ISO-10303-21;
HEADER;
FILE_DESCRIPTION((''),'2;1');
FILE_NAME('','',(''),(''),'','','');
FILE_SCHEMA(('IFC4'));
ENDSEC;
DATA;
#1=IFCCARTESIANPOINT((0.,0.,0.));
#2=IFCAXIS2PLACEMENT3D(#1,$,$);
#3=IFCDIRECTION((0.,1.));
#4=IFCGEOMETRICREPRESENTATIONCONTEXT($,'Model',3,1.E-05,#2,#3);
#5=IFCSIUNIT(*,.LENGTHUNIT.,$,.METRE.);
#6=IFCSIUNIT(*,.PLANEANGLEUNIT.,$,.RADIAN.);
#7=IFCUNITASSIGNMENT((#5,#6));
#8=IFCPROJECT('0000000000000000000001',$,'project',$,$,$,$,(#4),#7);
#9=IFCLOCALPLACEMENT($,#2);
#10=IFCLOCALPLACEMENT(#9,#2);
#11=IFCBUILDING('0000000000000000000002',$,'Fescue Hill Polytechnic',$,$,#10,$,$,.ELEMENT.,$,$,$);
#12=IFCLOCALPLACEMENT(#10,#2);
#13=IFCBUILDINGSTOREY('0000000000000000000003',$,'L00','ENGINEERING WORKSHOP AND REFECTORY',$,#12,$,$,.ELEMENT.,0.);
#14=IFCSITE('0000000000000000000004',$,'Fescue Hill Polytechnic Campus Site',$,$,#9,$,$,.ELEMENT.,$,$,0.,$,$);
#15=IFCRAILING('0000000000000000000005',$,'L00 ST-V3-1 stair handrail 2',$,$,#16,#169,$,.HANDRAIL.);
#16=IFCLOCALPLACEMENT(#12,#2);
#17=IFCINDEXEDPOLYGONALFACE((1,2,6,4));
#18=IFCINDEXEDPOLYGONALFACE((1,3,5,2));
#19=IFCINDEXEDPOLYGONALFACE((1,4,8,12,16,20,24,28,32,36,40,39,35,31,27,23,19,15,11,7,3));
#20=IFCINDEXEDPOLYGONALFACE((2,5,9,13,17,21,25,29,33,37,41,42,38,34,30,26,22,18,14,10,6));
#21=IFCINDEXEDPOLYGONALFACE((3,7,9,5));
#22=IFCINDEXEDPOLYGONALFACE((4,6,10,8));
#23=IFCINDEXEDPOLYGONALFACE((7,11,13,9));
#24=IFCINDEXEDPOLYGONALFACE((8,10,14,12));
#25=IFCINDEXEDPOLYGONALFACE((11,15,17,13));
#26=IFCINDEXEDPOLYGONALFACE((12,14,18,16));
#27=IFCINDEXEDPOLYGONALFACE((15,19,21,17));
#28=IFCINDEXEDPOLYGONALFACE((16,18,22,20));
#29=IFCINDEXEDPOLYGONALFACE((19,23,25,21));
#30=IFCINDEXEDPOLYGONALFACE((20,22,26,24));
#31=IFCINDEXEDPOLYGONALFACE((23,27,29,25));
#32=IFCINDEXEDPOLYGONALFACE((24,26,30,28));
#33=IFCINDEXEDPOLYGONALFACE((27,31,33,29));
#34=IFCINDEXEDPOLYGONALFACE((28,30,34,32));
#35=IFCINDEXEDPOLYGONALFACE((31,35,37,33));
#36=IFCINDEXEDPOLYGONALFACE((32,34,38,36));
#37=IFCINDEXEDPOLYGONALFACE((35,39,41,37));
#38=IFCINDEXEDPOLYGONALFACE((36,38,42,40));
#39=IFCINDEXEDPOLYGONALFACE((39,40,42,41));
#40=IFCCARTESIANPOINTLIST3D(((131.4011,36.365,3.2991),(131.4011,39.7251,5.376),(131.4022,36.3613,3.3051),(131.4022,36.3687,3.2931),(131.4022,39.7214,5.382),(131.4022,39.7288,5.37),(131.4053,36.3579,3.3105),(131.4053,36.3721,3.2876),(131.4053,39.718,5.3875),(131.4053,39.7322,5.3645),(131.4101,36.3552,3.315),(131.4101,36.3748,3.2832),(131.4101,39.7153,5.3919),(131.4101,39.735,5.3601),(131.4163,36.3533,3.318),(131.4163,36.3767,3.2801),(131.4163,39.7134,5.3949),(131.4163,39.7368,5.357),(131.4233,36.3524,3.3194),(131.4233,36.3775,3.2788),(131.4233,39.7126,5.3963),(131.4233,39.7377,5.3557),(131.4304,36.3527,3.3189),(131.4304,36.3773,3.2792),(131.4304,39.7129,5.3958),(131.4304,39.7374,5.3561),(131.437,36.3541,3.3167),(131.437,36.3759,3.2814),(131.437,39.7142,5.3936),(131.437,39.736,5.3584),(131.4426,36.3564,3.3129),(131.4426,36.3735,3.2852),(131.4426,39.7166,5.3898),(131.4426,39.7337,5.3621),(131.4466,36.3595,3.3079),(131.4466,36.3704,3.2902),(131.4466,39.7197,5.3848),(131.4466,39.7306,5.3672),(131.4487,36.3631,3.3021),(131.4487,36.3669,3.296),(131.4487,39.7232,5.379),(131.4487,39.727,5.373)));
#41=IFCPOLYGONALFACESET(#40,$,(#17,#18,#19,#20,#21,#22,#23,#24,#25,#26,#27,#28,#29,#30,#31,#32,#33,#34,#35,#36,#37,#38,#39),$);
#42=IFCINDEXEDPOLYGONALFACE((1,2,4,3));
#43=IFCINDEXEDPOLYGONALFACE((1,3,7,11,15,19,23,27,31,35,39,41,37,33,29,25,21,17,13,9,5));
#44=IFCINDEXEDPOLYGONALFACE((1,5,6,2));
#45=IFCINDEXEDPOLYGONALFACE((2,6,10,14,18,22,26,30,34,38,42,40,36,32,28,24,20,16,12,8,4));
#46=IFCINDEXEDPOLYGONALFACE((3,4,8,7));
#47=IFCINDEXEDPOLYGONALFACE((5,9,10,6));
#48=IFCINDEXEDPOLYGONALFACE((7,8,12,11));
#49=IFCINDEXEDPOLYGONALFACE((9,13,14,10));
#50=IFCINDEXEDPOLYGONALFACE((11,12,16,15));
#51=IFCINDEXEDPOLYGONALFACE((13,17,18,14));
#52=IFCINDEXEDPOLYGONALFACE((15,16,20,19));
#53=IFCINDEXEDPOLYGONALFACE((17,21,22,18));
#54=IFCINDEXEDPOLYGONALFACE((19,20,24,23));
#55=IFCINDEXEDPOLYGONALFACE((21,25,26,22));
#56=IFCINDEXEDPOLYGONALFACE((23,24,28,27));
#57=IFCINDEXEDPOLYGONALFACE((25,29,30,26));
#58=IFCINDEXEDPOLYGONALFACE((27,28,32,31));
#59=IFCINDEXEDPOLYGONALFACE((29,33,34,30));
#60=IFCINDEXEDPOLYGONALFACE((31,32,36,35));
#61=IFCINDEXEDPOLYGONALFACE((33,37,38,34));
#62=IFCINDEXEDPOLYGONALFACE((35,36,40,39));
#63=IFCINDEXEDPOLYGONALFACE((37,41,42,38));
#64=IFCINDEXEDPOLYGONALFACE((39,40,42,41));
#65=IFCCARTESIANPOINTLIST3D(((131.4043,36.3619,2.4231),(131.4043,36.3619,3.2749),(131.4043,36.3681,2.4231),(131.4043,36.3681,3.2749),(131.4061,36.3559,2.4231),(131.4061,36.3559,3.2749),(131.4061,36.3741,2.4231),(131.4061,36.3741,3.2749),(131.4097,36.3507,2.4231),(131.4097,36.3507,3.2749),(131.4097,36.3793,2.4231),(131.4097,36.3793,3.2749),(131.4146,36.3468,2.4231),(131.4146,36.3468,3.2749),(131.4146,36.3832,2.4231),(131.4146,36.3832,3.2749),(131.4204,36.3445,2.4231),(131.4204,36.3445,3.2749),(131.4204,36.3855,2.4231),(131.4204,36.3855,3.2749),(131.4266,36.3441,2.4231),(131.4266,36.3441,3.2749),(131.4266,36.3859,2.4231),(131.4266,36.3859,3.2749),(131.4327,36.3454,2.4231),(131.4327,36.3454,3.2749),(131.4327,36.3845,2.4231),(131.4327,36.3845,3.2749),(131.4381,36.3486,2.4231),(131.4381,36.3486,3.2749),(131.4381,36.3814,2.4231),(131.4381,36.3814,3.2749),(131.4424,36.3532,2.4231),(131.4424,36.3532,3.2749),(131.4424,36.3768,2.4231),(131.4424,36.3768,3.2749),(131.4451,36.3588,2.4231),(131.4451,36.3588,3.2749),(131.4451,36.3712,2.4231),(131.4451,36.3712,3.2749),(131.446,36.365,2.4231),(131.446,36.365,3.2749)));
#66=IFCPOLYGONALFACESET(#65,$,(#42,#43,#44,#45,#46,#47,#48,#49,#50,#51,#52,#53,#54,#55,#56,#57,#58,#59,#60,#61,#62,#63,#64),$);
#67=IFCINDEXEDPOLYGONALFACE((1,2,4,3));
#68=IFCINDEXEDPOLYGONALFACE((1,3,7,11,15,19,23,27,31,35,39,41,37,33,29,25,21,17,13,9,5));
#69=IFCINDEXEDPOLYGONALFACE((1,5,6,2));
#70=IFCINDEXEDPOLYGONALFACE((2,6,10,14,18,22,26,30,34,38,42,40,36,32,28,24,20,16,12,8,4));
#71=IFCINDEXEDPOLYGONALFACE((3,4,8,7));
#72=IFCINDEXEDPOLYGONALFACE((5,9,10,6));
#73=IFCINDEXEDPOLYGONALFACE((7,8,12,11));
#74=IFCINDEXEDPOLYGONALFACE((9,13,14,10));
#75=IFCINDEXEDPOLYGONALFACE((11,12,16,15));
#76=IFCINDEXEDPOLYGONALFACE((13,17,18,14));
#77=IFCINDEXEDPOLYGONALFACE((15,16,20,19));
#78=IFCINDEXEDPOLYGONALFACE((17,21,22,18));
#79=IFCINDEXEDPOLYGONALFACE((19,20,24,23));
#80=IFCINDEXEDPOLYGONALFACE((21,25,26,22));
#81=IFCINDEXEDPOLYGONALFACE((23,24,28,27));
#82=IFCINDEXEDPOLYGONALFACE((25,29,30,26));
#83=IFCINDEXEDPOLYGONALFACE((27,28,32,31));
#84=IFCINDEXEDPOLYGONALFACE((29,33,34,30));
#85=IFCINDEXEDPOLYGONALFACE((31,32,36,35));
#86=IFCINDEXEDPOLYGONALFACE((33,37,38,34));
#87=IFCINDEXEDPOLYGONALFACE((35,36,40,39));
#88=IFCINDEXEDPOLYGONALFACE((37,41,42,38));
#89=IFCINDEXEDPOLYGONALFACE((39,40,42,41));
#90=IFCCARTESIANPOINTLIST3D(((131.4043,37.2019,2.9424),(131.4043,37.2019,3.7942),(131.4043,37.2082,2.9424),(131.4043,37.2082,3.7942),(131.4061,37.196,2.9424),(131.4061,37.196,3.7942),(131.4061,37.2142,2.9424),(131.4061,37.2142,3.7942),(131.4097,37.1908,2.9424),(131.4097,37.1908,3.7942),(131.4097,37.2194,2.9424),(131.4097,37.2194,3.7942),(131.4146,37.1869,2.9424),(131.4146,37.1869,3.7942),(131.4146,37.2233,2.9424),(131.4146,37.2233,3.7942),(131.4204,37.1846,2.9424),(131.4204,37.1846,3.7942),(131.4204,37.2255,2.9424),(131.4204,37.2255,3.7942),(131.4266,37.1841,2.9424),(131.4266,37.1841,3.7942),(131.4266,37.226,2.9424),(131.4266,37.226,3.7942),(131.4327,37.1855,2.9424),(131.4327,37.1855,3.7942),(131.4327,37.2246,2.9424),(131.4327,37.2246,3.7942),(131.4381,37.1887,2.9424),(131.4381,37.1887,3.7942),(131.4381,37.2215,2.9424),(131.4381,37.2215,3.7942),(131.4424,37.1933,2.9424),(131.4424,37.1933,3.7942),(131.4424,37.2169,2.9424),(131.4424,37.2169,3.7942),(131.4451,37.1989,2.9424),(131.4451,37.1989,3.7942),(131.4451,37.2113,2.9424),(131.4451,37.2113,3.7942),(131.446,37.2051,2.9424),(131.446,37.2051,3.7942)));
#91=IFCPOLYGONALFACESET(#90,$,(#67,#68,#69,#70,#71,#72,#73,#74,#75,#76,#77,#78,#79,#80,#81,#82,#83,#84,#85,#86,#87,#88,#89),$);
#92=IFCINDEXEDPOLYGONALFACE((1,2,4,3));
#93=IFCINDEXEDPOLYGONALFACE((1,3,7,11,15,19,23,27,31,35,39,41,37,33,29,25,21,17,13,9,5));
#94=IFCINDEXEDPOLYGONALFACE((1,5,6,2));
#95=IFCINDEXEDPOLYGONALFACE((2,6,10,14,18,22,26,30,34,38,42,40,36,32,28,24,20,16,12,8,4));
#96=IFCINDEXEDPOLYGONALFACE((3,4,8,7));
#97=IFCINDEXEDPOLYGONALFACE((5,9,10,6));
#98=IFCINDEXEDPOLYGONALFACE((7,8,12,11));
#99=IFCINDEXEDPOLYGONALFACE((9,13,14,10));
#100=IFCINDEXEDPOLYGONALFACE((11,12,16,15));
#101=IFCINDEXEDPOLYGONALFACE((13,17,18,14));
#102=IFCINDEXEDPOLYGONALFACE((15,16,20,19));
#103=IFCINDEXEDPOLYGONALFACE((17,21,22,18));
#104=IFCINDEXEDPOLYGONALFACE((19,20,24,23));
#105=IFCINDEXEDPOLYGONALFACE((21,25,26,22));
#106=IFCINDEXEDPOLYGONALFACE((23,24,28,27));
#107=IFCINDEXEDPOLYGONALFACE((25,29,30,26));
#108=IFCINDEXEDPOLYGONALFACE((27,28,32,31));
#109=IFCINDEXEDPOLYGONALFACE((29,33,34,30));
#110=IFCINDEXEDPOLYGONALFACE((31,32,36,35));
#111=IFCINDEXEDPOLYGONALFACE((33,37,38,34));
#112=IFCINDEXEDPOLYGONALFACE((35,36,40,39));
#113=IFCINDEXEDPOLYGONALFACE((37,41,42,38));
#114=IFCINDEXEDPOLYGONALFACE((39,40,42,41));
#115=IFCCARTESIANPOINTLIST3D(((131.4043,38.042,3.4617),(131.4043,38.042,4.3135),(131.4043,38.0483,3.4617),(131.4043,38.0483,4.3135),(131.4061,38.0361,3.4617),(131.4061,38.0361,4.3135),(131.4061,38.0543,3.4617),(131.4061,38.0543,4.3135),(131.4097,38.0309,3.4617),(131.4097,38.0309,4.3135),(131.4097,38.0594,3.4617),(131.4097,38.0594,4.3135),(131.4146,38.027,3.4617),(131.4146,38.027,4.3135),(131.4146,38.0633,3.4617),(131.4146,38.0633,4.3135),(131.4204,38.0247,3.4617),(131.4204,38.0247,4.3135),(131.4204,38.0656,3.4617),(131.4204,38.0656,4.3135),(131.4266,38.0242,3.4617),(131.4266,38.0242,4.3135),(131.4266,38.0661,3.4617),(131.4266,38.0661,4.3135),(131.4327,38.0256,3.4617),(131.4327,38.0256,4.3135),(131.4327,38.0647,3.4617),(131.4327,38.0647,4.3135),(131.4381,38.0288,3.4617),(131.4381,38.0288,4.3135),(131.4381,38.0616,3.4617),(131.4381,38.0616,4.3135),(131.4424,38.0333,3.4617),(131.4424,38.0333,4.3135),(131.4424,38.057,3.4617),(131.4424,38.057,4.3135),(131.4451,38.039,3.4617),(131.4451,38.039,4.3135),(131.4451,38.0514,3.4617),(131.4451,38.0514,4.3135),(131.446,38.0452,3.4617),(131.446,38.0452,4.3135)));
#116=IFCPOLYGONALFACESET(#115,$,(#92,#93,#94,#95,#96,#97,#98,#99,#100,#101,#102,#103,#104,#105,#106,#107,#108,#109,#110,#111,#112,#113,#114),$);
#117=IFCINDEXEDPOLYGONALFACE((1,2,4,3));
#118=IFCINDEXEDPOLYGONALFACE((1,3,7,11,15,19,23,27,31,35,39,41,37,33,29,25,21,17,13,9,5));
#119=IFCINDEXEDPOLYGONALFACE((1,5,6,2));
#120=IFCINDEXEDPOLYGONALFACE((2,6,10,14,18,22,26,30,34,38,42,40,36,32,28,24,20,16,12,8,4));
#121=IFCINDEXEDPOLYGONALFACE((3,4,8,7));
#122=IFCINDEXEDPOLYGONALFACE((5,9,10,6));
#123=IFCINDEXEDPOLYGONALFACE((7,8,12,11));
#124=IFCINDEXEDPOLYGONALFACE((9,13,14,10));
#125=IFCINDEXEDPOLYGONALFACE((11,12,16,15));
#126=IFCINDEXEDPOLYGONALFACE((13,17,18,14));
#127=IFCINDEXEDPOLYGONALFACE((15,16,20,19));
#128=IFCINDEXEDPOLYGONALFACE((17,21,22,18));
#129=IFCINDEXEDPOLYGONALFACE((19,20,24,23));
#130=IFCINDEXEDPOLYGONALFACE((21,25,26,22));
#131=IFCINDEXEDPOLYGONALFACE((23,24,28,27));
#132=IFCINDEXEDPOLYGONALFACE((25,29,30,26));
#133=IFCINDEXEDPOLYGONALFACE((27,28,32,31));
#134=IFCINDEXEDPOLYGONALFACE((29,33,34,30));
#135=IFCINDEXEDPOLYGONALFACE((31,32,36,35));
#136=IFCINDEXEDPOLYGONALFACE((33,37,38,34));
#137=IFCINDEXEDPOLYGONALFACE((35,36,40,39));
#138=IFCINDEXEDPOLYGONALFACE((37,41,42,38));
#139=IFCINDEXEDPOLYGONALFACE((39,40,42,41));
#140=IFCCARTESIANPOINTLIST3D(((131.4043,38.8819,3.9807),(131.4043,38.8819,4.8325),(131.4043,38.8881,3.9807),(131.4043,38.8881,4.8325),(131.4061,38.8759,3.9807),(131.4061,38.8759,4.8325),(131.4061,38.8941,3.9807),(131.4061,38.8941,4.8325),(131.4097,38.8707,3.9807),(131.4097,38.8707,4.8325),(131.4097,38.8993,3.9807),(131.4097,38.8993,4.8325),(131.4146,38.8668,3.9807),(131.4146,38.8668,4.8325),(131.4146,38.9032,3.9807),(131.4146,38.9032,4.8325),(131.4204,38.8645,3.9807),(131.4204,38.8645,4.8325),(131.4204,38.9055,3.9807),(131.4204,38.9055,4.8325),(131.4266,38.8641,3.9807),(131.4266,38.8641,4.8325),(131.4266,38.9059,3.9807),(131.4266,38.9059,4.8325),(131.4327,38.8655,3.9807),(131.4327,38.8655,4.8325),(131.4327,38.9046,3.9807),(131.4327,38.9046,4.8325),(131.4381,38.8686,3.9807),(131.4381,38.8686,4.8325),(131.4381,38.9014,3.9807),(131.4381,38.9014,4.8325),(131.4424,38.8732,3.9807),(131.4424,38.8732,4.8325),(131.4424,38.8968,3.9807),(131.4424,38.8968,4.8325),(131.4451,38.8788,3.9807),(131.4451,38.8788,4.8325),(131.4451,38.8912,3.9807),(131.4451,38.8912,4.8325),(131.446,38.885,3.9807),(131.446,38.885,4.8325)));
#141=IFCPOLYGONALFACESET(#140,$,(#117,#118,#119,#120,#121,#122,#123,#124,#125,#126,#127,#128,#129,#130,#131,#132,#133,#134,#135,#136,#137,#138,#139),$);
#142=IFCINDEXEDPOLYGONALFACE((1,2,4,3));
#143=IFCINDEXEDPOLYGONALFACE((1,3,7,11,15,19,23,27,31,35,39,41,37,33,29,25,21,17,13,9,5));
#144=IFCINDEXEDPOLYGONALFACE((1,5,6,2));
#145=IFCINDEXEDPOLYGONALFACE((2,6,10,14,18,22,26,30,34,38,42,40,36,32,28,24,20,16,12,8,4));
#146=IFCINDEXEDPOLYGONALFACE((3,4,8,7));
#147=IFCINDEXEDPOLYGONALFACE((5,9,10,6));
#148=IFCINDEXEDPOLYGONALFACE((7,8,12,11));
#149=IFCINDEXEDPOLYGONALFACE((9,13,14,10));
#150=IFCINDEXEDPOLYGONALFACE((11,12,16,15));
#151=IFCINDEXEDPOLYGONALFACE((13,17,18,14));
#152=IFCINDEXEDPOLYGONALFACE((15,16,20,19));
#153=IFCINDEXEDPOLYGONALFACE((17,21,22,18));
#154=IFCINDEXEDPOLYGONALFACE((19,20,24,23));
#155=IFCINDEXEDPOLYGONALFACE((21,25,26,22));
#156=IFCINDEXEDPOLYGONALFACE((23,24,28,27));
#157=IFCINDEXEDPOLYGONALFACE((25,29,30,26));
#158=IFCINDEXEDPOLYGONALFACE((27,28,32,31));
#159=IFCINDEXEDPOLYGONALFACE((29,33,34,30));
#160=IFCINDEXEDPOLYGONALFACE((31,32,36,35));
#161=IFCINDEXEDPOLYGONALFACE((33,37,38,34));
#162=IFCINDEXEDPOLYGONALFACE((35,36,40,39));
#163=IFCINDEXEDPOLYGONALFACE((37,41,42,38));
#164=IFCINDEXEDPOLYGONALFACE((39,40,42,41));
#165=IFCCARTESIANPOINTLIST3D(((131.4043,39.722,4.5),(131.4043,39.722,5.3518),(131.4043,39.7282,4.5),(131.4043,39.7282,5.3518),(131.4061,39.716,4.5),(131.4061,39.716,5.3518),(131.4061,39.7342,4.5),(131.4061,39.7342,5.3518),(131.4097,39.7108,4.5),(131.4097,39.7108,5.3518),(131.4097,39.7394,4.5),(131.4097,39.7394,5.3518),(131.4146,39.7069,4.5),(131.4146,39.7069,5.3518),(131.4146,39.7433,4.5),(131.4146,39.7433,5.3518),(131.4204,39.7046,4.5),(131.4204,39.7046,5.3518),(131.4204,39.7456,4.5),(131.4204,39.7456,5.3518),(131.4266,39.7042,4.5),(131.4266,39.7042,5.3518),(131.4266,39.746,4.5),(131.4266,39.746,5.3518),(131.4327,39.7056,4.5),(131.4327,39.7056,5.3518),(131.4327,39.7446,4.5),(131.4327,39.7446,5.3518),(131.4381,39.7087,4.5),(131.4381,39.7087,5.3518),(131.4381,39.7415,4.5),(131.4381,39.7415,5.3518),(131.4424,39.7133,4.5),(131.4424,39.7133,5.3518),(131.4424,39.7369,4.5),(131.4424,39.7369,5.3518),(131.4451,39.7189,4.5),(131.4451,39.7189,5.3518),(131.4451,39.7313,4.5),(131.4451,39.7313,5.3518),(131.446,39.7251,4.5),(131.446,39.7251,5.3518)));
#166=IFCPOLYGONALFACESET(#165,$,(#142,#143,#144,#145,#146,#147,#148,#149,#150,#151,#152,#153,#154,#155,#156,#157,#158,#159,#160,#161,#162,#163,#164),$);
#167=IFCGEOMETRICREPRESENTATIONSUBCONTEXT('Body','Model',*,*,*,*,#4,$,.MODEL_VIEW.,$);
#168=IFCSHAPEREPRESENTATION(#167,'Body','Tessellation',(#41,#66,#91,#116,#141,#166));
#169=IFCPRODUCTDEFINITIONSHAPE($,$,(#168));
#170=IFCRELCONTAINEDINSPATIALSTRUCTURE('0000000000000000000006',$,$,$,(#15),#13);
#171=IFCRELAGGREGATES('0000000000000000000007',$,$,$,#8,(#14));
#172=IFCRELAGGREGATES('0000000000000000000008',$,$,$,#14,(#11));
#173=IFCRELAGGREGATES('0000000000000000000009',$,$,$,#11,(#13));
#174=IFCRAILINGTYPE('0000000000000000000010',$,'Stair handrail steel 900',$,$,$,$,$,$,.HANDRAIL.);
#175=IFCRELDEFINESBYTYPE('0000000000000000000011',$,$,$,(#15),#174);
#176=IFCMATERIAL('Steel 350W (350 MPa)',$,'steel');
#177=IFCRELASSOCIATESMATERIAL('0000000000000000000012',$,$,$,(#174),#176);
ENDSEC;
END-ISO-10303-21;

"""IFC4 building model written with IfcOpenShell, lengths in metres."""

from ifc_helpers import new_model, si_unit, direction, frame, origin, origin_2d, place, context, subcontext, project, spatial, circle, extrude, material, type_object, element, save


model = new_model("IFC4")

# Units and contexts
model_context = context("Model", 3, precision=1e-05, world=origin(), true_north=direction((0.0, 1.0)))
body_context = subcontext(model_context, "Body", "Model", "MODEL_VIEW")
ifc_project = project(units=[si_unit("LENGTHUNIT", "METRE"), si_unit("PLANEANGLEUNIT", "RADIAN")], contexts=[model_context])

# Site, building, storey
site_placement = place(None, origin())
site = spatial("IfcSite", under=ifc_project, at=site_placement, Name="Fescue Hill Polytechnic Campus Site", CompositionType="ELEMENT", RefElevation=0.0)
building_placement = place(site_placement, origin())
building = spatial("IfcBuilding", under=site, at=building_placement, Name="Fescue Hill Polytechnic", CompositionType="ELEMENT")
storey_placement = place(building_placement, origin())
storey = spatial("IfcBuildingStorey", under=building, at=storey_placement, Name="L00", Description="ENGINEERING WORKSHOP AND REFECTORY", CompositionType="ELEMENT", Elevation=0.0)

# Railing
ifc_material_1 = material(Name="Steel 350W (350 MPa)", Category="steel")
railing_type_1 = type_object("IfcRailingType", Name="Stair handrail steel 900", PredefinedType="HANDRAIL", material=ifc_material_1)
railing_1_placement = place(storey_placement, frame((131.425, 36.365, 2.4231)))
element("IfcRailing", 1, at=railing_1_placement, inside=storey, type_object=railing_type_1, Name="L00 ST-V3-1 stair handrail 2", PredefinedType="HANDRAIL", context=body_context, shape_type="SweptSolid", body=[
    extrude(circle(Radius=0.0239, at=origin_2d()), frame((0.0, 0.0, 0.876), z_axis=(0.0, 0.850623, 0.525776), x_axis=(-1.0, 0.0, 0.0)), (0.0, 0.0, 1.0), 3.9502),
    extrude(circle(Radius=0.021, at=origin_2d()), origin(), (0.0, 0.0, 1.0), 0.8518),
    extrude(circle(Radius=0.021, at=origin_2d()), frame((0.0, 0.8401, 0.5193)), (0.0, 0.0, 1.0), 0.8518),
    extrude(circle(Radius=0.021, at=origin_2d()), frame((0.0, 1.6802, 1.0386)), (0.0, 0.0, 1.0), 0.8518),
    extrude(circle(Radius=0.021, at=origin_2d()), frame((0.0, 2.52, 1.5576)), (0.0, 0.0, 1.0), 0.8518),
    extrude(circle(Radius=0.021, at=origin_2d()), frame((0.0, 3.3601, 2.0769)), (0.0, 0.0, 1.0), 0.8518),
])

save(model, "model.ifc")
